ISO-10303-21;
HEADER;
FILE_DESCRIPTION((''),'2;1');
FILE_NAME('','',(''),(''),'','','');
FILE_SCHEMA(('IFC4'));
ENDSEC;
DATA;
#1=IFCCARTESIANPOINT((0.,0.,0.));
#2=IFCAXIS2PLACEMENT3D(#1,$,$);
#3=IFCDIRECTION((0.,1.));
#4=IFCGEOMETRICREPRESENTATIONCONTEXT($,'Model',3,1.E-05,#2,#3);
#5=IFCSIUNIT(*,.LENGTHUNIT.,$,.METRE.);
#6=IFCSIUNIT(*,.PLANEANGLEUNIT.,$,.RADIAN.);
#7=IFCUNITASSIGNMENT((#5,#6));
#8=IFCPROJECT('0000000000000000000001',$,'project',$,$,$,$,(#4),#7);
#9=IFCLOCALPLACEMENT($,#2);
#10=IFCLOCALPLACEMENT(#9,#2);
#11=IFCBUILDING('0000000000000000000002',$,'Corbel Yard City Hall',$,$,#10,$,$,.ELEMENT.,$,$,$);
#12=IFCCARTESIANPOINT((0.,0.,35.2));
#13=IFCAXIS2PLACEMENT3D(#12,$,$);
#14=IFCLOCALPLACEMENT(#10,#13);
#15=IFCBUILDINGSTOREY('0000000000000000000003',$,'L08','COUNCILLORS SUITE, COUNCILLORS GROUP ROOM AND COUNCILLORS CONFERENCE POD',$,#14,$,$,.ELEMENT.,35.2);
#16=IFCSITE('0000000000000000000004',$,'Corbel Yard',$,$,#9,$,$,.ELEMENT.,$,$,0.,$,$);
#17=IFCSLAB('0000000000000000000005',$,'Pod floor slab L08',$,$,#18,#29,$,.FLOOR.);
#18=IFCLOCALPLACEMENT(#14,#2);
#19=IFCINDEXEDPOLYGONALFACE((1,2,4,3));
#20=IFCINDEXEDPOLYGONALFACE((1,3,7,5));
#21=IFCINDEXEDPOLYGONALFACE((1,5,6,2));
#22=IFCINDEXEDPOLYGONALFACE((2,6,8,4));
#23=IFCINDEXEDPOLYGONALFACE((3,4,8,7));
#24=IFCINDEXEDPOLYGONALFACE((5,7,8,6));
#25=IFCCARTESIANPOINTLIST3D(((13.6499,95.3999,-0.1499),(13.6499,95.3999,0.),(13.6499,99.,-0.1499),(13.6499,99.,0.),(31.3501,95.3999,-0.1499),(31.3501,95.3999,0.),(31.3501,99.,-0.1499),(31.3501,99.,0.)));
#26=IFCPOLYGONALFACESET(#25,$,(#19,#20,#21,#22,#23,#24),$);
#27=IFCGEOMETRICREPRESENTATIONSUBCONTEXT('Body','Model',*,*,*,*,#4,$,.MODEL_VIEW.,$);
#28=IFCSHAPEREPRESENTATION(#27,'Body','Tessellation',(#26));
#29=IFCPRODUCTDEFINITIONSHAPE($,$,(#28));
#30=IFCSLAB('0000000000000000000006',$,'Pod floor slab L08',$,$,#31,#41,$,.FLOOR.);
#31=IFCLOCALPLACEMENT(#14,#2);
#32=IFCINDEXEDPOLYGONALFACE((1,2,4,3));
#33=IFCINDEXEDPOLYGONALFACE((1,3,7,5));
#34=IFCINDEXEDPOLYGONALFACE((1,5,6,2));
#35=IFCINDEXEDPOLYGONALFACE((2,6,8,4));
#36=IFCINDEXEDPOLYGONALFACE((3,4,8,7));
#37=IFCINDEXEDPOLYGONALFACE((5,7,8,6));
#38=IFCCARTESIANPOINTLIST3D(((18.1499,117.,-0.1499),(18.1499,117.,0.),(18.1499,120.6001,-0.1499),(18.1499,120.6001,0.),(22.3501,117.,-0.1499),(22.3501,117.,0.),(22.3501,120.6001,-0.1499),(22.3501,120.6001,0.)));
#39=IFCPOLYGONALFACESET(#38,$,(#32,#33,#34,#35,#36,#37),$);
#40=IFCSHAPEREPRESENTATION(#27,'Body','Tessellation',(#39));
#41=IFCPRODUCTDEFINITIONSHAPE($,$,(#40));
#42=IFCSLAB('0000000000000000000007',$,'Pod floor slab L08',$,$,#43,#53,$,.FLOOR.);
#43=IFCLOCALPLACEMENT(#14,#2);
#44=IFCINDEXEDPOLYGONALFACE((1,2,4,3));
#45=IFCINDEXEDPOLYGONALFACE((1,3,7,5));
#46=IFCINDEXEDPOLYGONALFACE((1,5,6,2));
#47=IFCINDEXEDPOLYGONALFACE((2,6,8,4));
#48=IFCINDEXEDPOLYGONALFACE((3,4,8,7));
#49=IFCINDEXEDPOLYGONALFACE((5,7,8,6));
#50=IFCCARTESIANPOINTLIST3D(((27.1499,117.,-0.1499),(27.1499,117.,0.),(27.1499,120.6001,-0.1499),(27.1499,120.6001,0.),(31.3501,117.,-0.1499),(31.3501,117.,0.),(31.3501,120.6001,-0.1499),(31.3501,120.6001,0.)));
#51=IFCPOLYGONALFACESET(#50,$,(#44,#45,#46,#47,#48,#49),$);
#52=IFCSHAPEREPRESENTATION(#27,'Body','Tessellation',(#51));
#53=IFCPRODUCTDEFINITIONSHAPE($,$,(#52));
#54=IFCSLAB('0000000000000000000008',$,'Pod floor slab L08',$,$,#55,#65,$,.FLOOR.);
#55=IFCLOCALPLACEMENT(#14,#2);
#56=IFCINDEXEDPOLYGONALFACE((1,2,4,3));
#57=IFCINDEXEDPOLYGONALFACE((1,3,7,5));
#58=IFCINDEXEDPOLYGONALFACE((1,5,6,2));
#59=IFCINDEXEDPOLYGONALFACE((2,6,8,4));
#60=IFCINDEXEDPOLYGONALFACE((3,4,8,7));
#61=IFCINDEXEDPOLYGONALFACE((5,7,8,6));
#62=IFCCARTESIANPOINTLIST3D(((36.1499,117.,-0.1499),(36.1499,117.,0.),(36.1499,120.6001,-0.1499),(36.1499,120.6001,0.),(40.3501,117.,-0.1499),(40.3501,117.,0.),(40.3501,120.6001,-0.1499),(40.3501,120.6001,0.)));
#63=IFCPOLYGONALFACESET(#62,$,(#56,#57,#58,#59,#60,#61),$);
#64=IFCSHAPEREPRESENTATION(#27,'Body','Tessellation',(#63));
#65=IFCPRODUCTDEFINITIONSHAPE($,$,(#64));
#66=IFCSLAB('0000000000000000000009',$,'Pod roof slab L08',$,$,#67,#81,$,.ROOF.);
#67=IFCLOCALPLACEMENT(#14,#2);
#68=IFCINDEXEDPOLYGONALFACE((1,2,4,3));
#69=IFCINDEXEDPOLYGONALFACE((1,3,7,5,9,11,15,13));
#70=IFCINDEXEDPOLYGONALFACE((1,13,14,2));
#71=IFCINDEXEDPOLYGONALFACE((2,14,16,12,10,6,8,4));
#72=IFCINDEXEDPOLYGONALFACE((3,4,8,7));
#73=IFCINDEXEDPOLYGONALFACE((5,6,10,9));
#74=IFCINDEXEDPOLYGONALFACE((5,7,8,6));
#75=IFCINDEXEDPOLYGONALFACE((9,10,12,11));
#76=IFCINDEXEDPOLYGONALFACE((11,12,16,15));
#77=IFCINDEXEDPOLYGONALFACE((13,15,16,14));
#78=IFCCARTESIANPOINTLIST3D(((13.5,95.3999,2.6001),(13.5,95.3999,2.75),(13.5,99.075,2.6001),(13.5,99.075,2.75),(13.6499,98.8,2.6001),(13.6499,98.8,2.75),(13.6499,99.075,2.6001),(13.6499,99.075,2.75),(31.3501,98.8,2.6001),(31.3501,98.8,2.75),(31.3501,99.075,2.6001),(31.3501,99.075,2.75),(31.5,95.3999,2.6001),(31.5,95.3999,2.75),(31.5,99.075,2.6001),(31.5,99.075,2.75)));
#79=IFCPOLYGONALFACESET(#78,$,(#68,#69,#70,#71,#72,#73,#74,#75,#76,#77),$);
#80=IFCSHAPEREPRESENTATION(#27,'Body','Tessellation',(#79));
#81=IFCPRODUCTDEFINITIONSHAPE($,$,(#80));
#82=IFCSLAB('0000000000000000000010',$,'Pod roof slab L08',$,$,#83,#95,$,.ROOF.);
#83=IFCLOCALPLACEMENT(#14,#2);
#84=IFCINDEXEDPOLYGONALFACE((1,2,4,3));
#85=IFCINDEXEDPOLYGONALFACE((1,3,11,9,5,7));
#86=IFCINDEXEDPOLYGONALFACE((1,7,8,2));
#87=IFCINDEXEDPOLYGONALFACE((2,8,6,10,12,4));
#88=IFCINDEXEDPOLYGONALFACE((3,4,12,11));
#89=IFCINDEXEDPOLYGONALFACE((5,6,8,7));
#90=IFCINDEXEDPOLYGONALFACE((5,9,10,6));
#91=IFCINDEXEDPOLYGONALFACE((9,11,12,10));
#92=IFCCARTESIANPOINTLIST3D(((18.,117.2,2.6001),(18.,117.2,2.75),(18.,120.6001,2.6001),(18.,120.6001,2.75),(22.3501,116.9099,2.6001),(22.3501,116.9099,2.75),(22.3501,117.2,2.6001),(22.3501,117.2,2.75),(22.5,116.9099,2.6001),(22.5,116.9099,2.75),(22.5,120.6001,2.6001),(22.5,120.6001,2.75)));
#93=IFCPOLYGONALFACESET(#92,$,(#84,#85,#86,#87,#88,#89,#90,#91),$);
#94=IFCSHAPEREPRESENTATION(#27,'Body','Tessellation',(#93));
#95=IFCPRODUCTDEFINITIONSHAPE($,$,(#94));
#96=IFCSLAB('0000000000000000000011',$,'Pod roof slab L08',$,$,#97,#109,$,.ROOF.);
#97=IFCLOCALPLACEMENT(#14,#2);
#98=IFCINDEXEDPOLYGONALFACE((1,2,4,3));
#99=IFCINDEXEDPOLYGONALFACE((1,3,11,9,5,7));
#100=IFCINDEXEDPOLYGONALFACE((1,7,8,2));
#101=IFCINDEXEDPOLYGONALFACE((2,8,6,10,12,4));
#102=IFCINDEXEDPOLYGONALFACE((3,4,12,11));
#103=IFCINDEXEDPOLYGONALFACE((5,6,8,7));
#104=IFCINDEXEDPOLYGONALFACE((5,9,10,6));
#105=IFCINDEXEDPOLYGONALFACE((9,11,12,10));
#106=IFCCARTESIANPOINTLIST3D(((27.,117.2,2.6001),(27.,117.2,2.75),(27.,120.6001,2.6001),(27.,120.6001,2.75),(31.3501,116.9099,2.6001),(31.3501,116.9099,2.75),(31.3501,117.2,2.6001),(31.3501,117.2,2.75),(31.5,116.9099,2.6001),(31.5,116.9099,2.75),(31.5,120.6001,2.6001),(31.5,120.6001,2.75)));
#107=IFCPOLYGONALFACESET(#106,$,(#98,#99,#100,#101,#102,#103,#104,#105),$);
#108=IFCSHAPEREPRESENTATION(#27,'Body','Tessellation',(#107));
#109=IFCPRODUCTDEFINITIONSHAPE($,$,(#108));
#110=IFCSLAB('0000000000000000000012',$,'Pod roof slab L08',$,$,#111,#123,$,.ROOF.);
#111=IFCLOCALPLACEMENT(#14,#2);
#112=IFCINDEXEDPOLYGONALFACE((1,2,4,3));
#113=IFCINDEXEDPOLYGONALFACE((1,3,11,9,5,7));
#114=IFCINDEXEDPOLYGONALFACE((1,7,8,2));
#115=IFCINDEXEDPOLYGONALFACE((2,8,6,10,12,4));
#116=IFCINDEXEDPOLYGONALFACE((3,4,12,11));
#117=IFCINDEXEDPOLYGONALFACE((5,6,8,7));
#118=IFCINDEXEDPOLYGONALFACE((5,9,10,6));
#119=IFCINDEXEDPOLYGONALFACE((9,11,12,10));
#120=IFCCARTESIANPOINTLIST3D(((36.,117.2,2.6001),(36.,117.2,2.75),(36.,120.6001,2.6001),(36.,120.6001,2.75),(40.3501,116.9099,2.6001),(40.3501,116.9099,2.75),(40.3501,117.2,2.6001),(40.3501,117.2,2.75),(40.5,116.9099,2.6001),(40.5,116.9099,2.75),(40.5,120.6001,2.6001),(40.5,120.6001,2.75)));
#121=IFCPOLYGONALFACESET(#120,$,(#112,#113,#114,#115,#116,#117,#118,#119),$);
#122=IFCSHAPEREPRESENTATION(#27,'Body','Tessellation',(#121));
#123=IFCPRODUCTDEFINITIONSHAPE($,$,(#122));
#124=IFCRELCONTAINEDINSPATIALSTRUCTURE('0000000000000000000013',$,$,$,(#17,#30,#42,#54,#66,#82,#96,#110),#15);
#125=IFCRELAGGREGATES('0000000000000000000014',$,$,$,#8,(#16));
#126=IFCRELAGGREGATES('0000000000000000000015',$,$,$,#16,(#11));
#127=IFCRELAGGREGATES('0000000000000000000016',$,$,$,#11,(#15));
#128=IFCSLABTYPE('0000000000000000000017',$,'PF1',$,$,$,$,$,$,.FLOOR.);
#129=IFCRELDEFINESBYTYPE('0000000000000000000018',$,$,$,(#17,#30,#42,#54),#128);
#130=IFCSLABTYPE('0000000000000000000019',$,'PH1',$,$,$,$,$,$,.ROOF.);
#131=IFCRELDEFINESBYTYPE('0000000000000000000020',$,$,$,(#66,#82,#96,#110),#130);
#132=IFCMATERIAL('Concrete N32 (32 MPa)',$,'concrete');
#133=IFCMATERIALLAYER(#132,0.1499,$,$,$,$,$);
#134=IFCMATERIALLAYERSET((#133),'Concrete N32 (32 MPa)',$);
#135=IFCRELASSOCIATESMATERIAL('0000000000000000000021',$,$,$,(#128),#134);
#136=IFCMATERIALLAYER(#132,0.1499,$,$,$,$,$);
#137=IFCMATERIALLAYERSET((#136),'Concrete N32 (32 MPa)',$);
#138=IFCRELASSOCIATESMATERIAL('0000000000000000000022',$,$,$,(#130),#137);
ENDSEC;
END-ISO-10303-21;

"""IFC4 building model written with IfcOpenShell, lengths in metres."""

from ifc_helpers import new_model, si_unit, direction, frame, origin, place, context, subcontext, project, spatial, polyline, outline, extrude, material, layer, layer_set, type_object, element, save


model = new_model("IFC4")

# Units and contexts
model_context = context("Model", 3, precision=1e-05, world=origin(), true_north=direction((0.0, 1.0)))
body_context = subcontext(model_context, "Body", "Model", "MODEL_VIEW")
ifc_project = project(units=[si_unit("LENGTHUNIT", "METRE"), si_unit("PLANEANGLEUNIT", "RADIAN")], contexts=[model_context])

# Site, building, storey
site_placement = place(None, origin())
site = spatial("IfcSite", under=ifc_project, at=site_placement, Name="Corbel Yard", CompositionType="ELEMENT", RefElevation=0.0)
building_placement = place(site_placement, origin())
building = spatial("IfcBuilding", under=site, at=building_placement, Name="Corbel Yard City Hall", CompositionType="ELEMENT")
storey_placement = place(building_placement, frame((0.0, 0.0, 35.2)))
storey = spatial("IfcBuildingStorey", under=building, at=storey_placement, Name="L08", Description="COUNCILLORS SUITE, COUNCILLORS GROUP ROOM AND COUNCILLORS CONFERENCE POD", CompositionType="ELEMENT", Elevation=35.2)

# Slabs
ifc_material_1 = material(Name="Concrete N32 (32 MPa)", Category="concrete")
ifc_layer_1 = layer(ifc_material_1, 0.1499)
ifc_layer_set_1 = layer_set([ifc_layer_1], Name="Concrete N32 (32 MPa)")
slab_type_1 = type_object("IfcSlabType", Name="PF1", PredefinedType="FLOOR", material=ifc_layer_set_1)
slab_1_placement = place(storey_placement, frame((0.0, 0.0, -0.1499)))
element("IfcSlab", 1, at=slab_1_placement, inside=storey, type_object=slab_type_1, Name="Pod floor slab L08", PredefinedType="FLOOR", context=body_context, shape_type="SweptSolid", body=[
    extrude(outline(polyline([(13.6499, 95.3999), (31.3501, 95.3999), (31.3501, 99.0), (13.6499, 99.0), (13.6499, 95.3999)])), origin(), (0.0, 0.0, 1.0), 0.1499),
])
slab_2_placement = place(storey_placement, frame((0.0, 0.0, -0.1499)))
element("IfcSlab", 2, at=slab_2_placement, inside=storey, type_object=slab_type_1, Name="Pod floor slab L08", PredefinedType="FLOOR", context=body_context, shape_type="SweptSolid", body=[
    extrude(outline(polyline([(18.1499, 117.0), (22.3501, 117.0), (22.3501, 120.6001), (18.1499, 120.6001), (18.1499, 117.0)])), origin(), (0.0, 0.0, 1.0), 0.1499),
])
slab_3_placement = place(storey_placement, frame((0.0, 0.0, -0.1499)))
element("IfcSlab", 3, at=slab_3_placement, inside=storey, type_object=slab_type_1, Name="Pod floor slab L08", PredefinedType="FLOOR", context=body_context, shape_type="SweptSolid", body=[
    extrude(outline(polyline([(27.1499, 117.0), (31.3501, 117.0), (31.3501, 120.6001), (27.1499, 120.6001), (27.1499, 117.0)])), origin(), (0.0, 0.0, 1.0), 0.1499),
])
slab_4_placement = place(storey_placement, frame((0.0, 0.0, -0.1499)))
element("IfcSlab", 4, at=slab_4_placement, inside=storey, type_object=slab_type_1, Name="Pod floor slab L08", PredefinedType="FLOOR", context=body_context, shape_type="SweptSolid", body=[
    extrude(outline(polyline([(36.1499, 117.0), (40.3501, 117.0), (40.3501, 120.6001), (36.1499, 120.6001), (36.1499, 117.0)])), origin(), (0.0, 0.0, 1.0), 0.1499),
])
ifc_layer_2 = layer(ifc_material_1, 0.1499)
ifc_layer_set_2 = layer_set([ifc_layer_2], Name="Concrete N32 (32 MPa)")
slab_type_2 = type_object("IfcSlabType", Name="PH1", PredefinedType="ROOF", material=ifc_layer_set_2)
slab_5_placement = place(storey_placement, frame((0.0, 0.0, 2.6001)))
element("IfcSlab", 5, at=slab_5_placement, inside=storey, type_object=slab_type_2, Name="Pod roof slab L08", PredefinedType="ROOF", context=body_context, shape_type="SweptSolid", body=[
    extrude(outline(polyline([(13.5, 95.3999), (31.5, 95.3999), (31.5, 99.075), (31.3501, 99.075), (31.3501, 98.8), (13.6499, 98.8), (13.6499, 99.075), (13.5, 99.075), (13.5, 95.3999)])), origin(), (0.0, 0.0, 1.0), 0.1499),
])
slab_6_placement = place(storey_placement, frame((0.0, 0.0, 2.6001)))
element("IfcSlab", 6, at=slab_6_placement, inside=storey, type_object=slab_type_2, Name="Pod roof slab L08", PredefinedType="ROOF", context=body_context, shape_type="SweptSolid", body=[
    extrude(outline(polyline([(18.0, 120.6001), (18.0, 117.2), (22.3501, 117.2), (22.3501, 116.9099), (22.5, 116.9099), (22.5, 120.6001), (18.0, 120.6001)])), origin(), (0.0, 0.0, 1.0), 0.1499),
])
slab_7_placement = place(storey_placement, frame((0.0, 0.0, 2.6001)))
element("IfcSlab", 7, at=slab_7_placement, inside=storey, type_object=slab_type_2, Name="Pod roof slab L08", PredefinedType="ROOF", context=body_context, shape_type="SweptSolid", body=[
    extrude(outline(polyline([(27.0, 120.6001), (27.0, 117.2), (31.3501, 117.2), (31.3501, 116.9099), (31.5, 116.9099), (31.5, 120.6001), (27.0, 120.6001)])), origin(), (0.0, 0.0, 1.0), 0.1499),
])
slab_8_placement = place(storey_placement, frame((0.0, 0.0, 2.6001)))
element("IfcSlab", 8, at=slab_8_placement, inside=storey, type_object=slab_type_2, Name="Pod roof slab L08", PredefinedType="ROOF", context=body_context, shape_type="SweptSolid", body=[
    extrude(outline(polyline([(36.0, 120.6001), (36.0, 117.2), (40.3501, 117.2), (40.3501, 116.9099), (40.5, 116.9099), (40.5, 120.6001), (36.0, 120.6001)])), origin(), (0.0, 0.0, 1.0), 0.1499),
])

save(model, "model.ifc")
